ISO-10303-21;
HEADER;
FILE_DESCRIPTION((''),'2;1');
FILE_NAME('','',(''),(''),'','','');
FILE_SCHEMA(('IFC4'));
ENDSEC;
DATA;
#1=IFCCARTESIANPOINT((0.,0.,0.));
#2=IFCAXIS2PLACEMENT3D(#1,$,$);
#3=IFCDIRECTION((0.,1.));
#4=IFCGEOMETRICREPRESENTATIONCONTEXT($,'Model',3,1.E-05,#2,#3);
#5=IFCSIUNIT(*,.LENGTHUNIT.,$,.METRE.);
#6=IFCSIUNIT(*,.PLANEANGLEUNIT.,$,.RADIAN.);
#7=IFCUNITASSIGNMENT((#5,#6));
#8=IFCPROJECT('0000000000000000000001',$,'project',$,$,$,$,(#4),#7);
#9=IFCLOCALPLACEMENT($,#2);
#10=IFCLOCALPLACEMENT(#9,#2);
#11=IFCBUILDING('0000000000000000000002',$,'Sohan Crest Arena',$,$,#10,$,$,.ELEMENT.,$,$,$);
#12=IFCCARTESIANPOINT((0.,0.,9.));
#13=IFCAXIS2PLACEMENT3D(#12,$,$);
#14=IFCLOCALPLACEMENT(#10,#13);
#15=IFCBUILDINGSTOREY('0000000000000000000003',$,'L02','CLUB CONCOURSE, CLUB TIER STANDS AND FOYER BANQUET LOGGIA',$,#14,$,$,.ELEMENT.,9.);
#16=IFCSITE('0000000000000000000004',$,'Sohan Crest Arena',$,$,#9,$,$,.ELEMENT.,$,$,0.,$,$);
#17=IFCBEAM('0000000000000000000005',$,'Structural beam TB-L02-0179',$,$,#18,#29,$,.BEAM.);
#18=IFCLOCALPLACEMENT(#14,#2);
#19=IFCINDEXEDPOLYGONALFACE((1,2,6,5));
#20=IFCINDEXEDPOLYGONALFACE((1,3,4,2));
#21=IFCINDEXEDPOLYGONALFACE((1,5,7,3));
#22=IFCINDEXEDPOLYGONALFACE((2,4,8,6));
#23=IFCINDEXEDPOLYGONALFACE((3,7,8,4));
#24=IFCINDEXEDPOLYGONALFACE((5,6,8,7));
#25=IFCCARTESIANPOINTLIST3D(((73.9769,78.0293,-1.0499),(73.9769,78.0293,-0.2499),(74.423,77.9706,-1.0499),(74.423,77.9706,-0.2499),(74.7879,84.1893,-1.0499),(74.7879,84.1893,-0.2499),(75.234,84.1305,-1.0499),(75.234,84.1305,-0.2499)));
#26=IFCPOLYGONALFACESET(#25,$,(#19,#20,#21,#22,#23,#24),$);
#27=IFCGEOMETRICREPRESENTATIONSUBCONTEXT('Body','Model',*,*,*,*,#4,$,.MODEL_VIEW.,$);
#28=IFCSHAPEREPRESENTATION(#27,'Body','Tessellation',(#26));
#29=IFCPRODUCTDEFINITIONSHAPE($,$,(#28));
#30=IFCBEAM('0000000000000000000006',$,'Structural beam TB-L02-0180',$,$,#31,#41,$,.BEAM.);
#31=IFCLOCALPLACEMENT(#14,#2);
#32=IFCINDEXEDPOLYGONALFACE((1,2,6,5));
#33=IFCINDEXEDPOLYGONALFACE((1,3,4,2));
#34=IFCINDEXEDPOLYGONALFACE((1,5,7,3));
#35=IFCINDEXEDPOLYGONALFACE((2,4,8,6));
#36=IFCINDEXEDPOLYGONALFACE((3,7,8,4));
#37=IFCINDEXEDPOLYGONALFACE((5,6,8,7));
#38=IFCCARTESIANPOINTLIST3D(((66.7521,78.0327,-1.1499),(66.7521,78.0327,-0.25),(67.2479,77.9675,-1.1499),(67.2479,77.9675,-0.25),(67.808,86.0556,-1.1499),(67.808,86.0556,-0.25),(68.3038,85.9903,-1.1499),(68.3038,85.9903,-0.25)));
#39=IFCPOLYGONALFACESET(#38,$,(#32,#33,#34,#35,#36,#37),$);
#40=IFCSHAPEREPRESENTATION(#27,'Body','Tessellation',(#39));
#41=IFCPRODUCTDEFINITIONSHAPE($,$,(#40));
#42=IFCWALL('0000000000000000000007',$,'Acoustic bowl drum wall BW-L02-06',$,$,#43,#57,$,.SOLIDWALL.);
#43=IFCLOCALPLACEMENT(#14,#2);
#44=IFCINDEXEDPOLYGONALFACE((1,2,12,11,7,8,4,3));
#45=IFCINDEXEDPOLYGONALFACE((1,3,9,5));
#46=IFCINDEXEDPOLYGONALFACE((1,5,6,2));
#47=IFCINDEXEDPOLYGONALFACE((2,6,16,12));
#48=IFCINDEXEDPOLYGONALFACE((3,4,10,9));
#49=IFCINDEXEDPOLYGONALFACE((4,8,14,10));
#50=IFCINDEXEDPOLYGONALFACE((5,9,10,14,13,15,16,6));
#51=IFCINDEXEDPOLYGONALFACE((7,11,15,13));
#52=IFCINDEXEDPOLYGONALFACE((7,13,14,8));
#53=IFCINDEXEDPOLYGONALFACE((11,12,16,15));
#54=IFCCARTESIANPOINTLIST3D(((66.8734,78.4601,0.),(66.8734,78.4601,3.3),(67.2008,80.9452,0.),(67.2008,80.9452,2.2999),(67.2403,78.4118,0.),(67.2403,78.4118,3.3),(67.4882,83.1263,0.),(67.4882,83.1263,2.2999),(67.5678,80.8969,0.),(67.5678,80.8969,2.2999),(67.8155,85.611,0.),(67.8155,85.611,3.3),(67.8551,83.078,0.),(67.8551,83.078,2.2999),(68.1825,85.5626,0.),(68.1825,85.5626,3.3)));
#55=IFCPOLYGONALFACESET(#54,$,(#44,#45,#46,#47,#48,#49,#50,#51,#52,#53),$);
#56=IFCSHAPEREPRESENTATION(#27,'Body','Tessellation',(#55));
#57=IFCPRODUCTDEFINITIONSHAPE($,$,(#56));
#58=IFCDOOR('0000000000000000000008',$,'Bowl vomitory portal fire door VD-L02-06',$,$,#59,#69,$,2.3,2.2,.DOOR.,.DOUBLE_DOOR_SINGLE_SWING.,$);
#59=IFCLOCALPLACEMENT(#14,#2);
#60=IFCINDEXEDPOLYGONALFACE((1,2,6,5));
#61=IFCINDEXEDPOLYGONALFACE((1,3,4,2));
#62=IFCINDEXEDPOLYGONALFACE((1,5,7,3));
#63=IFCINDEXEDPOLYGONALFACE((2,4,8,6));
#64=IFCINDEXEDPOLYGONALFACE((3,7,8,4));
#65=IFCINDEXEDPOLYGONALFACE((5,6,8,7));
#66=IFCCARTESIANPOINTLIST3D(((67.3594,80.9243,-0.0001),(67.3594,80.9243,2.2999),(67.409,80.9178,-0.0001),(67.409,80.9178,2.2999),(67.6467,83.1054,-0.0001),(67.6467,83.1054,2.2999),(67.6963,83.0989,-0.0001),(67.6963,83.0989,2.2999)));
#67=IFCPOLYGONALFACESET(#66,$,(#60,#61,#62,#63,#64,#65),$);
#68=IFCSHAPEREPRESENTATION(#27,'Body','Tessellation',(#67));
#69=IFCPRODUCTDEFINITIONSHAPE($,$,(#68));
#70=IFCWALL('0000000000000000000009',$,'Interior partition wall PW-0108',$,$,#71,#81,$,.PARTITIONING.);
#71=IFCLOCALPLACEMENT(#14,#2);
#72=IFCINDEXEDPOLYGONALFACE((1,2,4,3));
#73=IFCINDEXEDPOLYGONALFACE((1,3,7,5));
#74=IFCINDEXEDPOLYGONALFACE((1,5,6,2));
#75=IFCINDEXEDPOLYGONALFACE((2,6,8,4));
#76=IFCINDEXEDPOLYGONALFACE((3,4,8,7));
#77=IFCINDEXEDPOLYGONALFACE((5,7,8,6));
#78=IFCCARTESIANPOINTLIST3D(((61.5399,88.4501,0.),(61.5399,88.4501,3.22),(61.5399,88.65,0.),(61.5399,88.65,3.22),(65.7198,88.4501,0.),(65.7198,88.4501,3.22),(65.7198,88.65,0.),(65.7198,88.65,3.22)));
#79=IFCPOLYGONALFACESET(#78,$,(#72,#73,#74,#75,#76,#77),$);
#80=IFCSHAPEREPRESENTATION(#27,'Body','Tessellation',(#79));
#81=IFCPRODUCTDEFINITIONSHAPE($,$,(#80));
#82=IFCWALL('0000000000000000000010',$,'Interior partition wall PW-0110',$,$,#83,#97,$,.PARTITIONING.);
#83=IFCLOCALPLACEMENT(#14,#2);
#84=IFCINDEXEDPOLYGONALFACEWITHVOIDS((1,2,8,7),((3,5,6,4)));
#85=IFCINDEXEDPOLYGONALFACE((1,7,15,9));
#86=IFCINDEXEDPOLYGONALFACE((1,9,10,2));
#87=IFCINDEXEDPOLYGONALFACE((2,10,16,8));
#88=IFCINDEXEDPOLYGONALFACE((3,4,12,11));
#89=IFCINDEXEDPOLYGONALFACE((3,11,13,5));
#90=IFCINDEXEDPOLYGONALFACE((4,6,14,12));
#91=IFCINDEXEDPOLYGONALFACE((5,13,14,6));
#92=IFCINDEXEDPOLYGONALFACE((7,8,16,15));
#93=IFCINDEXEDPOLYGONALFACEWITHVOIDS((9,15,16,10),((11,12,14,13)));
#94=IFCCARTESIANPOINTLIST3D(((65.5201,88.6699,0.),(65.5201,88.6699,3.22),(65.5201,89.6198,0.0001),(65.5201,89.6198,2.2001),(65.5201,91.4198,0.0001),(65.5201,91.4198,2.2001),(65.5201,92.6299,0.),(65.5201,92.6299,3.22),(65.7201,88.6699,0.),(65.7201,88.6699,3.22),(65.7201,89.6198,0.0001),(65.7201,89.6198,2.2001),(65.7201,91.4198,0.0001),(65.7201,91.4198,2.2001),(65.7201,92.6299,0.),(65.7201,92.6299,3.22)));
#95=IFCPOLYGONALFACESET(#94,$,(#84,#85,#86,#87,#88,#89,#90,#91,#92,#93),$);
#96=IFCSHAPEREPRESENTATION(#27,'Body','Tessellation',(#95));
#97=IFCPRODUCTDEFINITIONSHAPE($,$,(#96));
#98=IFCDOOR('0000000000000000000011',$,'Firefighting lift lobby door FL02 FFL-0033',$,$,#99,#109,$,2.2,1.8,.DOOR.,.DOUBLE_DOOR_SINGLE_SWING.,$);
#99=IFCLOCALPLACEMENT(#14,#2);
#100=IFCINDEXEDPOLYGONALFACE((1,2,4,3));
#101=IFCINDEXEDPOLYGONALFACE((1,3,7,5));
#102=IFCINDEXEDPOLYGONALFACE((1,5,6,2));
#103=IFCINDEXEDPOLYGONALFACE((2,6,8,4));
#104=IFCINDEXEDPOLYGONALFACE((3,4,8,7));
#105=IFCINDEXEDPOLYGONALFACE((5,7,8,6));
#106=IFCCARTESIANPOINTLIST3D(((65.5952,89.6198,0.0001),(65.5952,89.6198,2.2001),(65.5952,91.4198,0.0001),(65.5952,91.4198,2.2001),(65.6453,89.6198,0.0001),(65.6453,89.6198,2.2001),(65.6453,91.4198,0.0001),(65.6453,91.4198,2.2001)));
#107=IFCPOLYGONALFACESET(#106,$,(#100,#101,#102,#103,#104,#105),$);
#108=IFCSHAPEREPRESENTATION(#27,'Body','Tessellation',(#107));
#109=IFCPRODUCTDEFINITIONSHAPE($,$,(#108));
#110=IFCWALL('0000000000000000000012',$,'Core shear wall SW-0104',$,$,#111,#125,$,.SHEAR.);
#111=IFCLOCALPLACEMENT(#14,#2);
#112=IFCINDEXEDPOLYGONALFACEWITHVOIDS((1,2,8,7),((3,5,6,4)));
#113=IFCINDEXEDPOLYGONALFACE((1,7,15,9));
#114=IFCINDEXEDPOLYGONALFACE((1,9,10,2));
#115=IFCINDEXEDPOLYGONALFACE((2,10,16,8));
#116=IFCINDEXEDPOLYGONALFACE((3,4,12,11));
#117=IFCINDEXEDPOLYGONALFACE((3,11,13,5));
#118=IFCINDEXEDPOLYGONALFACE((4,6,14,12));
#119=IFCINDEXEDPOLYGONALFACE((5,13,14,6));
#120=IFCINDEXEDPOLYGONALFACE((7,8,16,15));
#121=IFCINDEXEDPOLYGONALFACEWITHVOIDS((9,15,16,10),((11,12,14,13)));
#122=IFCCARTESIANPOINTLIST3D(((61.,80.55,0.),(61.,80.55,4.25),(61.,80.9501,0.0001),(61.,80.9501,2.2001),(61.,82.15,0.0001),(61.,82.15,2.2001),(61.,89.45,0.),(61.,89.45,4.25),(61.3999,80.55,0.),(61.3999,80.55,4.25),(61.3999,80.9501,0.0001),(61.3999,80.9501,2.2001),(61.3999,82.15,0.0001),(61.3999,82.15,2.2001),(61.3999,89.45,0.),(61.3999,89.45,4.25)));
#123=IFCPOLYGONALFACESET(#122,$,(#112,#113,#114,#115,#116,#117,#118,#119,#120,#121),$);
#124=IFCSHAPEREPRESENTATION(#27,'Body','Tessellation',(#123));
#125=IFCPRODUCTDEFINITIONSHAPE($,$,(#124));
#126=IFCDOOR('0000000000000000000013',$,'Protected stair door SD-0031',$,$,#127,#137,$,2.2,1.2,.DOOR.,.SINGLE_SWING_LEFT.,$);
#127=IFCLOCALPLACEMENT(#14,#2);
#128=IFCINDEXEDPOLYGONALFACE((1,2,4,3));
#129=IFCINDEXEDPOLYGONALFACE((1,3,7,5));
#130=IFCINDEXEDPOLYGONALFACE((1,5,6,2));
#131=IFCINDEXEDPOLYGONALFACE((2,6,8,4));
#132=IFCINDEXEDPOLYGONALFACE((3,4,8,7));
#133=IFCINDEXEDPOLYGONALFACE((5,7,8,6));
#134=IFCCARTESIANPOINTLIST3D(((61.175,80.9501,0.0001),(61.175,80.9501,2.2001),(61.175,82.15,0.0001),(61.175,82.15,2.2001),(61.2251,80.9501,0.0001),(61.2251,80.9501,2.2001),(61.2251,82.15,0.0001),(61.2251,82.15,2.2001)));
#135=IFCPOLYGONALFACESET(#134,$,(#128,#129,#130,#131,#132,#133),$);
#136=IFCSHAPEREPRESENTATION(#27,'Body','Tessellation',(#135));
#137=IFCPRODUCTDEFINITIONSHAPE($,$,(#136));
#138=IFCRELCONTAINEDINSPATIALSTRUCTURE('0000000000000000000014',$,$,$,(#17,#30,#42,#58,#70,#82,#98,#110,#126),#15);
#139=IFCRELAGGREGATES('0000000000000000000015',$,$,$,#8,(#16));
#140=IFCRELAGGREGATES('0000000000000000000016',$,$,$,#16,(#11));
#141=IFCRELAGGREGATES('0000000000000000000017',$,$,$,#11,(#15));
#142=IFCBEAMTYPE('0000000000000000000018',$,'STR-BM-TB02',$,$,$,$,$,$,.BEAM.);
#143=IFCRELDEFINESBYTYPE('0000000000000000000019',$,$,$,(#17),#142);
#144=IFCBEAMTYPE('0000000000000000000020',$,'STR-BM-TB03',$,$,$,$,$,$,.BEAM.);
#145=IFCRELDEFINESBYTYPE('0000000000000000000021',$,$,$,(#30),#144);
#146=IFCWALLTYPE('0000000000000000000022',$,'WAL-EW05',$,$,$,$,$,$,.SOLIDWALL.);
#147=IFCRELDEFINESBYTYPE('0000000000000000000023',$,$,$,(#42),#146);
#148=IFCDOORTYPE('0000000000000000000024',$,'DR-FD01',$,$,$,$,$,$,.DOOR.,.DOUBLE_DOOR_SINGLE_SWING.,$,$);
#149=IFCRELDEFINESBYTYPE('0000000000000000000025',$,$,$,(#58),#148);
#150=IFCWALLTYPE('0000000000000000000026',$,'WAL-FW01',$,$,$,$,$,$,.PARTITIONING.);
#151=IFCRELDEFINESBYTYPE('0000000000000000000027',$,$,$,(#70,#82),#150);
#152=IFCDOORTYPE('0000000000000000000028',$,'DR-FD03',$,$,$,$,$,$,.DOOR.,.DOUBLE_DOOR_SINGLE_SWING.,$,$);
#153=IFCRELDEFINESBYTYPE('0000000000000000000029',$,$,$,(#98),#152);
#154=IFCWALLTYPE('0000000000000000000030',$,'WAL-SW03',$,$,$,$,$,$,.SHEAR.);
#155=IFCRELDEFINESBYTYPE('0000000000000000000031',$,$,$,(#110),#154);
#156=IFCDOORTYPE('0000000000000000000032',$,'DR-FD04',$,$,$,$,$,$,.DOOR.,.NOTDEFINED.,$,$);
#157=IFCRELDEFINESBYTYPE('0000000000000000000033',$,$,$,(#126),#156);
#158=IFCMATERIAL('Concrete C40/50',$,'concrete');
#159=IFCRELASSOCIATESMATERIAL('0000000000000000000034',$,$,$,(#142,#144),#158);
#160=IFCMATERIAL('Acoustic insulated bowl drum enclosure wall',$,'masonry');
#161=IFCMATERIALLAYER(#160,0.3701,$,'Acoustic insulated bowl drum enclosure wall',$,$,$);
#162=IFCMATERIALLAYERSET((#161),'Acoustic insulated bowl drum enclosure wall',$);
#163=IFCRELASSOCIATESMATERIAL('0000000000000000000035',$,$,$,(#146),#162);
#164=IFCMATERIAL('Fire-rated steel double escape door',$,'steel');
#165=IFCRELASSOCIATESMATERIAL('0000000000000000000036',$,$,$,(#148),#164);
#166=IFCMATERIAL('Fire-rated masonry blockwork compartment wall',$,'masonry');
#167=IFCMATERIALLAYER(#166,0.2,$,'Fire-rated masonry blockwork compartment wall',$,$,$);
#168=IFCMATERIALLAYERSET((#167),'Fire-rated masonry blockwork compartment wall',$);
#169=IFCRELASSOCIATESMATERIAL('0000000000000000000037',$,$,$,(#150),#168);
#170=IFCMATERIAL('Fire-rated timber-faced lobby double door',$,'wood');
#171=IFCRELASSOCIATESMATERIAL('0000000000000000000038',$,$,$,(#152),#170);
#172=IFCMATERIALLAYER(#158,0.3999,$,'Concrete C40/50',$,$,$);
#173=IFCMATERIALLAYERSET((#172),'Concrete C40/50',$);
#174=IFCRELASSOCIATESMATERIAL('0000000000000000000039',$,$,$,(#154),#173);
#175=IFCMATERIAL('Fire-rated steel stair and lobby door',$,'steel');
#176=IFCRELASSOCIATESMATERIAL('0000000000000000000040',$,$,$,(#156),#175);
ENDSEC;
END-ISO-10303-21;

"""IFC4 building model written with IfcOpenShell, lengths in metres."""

from ifc_helpers import new_model, si_unit, direction, frame, frame_2d, origin, origin_2d, place, context, subcontext, project, spatial, rectangle, extrude, material, layer, layer_set, material_profile, profile_set, type_object, element, fill, save


model = new_model("IFC4")

# Units and contexts
model_context = context("Model", 3, precision=1e-05, world=origin(), true_north=direction((0.0, 1.0)))
body_context = subcontext(model_context, "Body", "Model", "MODEL_VIEW")
ifc_project = project(units=[si_unit("LENGTHUNIT", "METRE"), si_unit("PLANEANGLEUNIT", "RADIAN")], contexts=[model_context])

# Site, building, storey
site_placement = place(None, origin())
site = spatial("IfcSite", under=ifc_project, at=site_placement, Name="Sohan Crest Arena", CompositionType="ELEMENT", RefElevation=0.0)
building_placement = place(site_placement, origin())
building = spatial("IfcBuilding", under=site, at=building_placement, Name="Sohan Crest Arena", CompositionType="ELEMENT")
storey_placement = place(building_placement, frame((0.0, 0.0, 9.0)))
storey = spatial("IfcBuildingStorey", under=building, at=storey_placement, Name="L02", Description="CLUB CONCOURSE, CLUB TIER STANDS AND FOYER BANQUET LOGGIA", CompositionType="ELEMENT", Elevation=9.0)

# Shared definitions
ifc_material_1 = material(Name="Concrete C40/50", Category="concrete")

# Beams
ifc_material_profile_1 = material_profile(ifc_material_1, rectangle(XDim=0.45, YDim=0.8, at=origin_2d()), Name="RC-BM 450x800")
ifc_profile_set_1 = profile_set([ifc_material_profile_1], Name="Concrete C40/50")
beam_type_1 = type_object("IfcBeamType", Name="STR-BM-TB02", PredefinedType="BEAM", material=ifc_profile_set_1)
beam_1_placement = place(storey_placement, frame((75.011, 84.1599, -0.6499), z_axis=(-0.130537, -0.991443, 0.0), x_axis=(0.991443, -0.130537, 0.0)))
element("IfcBeam", 1, at=beam_1_placement, inside=storey, type_object=beam_type_1, Name="Structural beam TB-L02-0179", PredefinedType="BEAM", context=body_context, shape_type="SweptSolid", body=[
    extrude(rectangle(XDim=0.45, YDim=0.8, at=origin_2d()), origin(), (0.0, 0.0, 1.0), 6.2131),
])
ifc_material_profile_2 = material_profile(ifc_material_1, rectangle(XDim=0.5, YDim=0.8999, at=origin_2d()), Name="RC-BM 500x900")
ifc_profile_set_2 = profile_set([ifc_material_profile_2], Name="Concrete C40/50")
beam_type_2 = type_object("IfcBeamType", Name="STR-BM-TB03", PredefinedType="BEAM", material=ifc_profile_set_2)
beam_2_placement = place(storey_placement, frame((68.0559, 86.0229, -0.7), z_axis=(-0.130486, -0.99145, 0.0), x_axis=(0.99145, -0.130486, 0.0)))
element("IfcBeam", 2, at=beam_2_placement, inside=storey, type_object=beam_type_2, Name="Structural beam TB-L02-0180", PredefinedType="BEAM", context=body_context, shape_type="SweptSolid", body=[
    extrude(rectangle(XDim=0.5, YDim=0.8999, at=origin_2d()), origin(), (0.0, 0.0, 1.0), 8.092),
])

# Wall, opening, door
ifc_material_2 = material(Name="Acoustic insulated bowl drum enclosure wall", Category="masonry")
ifc_layer_1 = layer(ifc_material_2, 0.3701, Name="Acoustic insulated bowl drum enclosure wall")
ifc_layer_set_1 = layer_set([ifc_layer_1], Name="Acoustic insulated bowl drum enclosure wall")
wall_type_1 = type_object("IfcWallType", Name="WAL-EW05", PredefinedType="SOLIDWALL", material=ifc_layer_set_1)
wall_1_placement = place(storey_placement, frame((67.999, 85.5869, 0.0), z_axis=(0.0, 0.0, 1.0), x_axis=(-0.130623, -0.991432, 0.0)))
wall_1 = element("IfcWall", 3, at=wall_1_placement, inside=storey, type_object=wall_type_1, Name="Acoustic bowl drum wall BW-L02-06", PredefinedType="SOLIDWALL", context=body_context, shape_type="SweptSolid", body=[
    extrude(rectangle(XDim=7.2126, YDim=0.3701, at=frame_2d((3.6064, 0.0))), origin(), (0.0, 0.0, 1.0), 3.3),
])
opening_1_placement = place(wall_1_placement, frame((2.5061, 0.0, 0.0)))
opening_1 = element("IfcOpeningElement", 4, at=opening_1_placement, cuts=wall_1, PredefinedType="OPENING", context=body_context, shape_type="SweptSolid", body=[
    extrude(rectangle(XDim=2.2, YDim=2.3, at=frame_2d((1.1001, 1.1499))), frame((0.0, 0.1951, 0.0), z_axis=(0.0, -1.0, 0.0), x_axis=(1.0, 0.0, 0.0)), (0.0, 0.0, 1.0), 0.3901),
])
ifc_material_3 = material(Name="Fire-rated steel double escape door", Category="steel")
door_type_1 = type_object("IfcDoorType", Name="DR-FD01", OperationType="DOUBLE_DOOR_SINGLE_SWING", PredefinedType="DOOR", material=ifc_material_3)
door_1_placement = place(opening_1_placement, origin())
door_1 = element("IfcDoor", 5, at=door_1_placement, inside=storey, type_object=door_type_1, Name="Bowl vomitory portal fire door VD-L02-06", OperationType="DOUBLE_DOOR_SINGLE_SWING", OverallHeight=2.3, OverallWidth=2.2, PredefinedType="DOOR", context=body_context, shape_type="SweptSolid", body=[
    extrude(rectangle(XDim=2.2, YDim=2.3, at=frame_2d((1.1001, 1.1499))), frame((0.0, 0.0249, 0.0), z_axis=(0.0, -1.0, 0.0), x_axis=(1.0, 0.0, 0.0)), (0.0, 0.0, 1.0), 0.05),
])
fill(opening_1, door_1)

# Wall
ifc_material_4 = material(Name="Fire-rated masonry blockwork compartment wall", Category="masonry")
ifc_layer_2 = layer(ifc_material_4, 0.2, Name="Fire-rated masonry blockwork compartment wall")
ifc_layer_set_2 = layer_set([ifc_layer_2], Name="Fire-rated masonry blockwork compartment wall")
wall_type_2 = type_object("IfcWallType", Name="WAL-FW01", PredefinedType="PARTITIONING", material=ifc_layer_set_2)
wall_2_placement = place(storey_placement, frame((61.54, 88.55, 0.0), z_axis=(0.0, 0.0, 1.0), x_axis=(1.0, 0.0, 0.0)))
element("IfcWall", 6, at=wall_2_placement, inside=storey, type_object=wall_type_2, Name="Interior partition wall PW-0108", PredefinedType="PARTITIONING", context=body_context, shape_type="SweptSolid", body=[
    extrude(rectangle(XDim=4.1799, YDim=0.2, at=frame_2d((2.0898, 0.0))), origin(), (0.0, 0.0, 1.0), 3.22),
])

# Walls, openings, doors
wall_3_placement = place(storey_placement, frame((65.6201, 88.6699, 0.0), z_axis=(0.0, 0.0, 1.0), x_axis=(0.0, 1.0, 0.0)))
wall_3 = element("IfcWall", 7, at=wall_3_placement, inside=storey, type_object=wall_type_2, Name="Interior partition wall PW-0110", PredefinedType="PARTITIONING", context=body_context, shape_type="SweptSolid", body=[
    extrude(rectangle(XDim=3.96, YDim=0.2, at=frame_2d((1.98, 0.0))), origin(), (0.0, 0.0, 1.0), 3.22),
])
opening_2_placement = place(wall_3_placement, frame((0.95, 0.0, 0.0)))
opening_2 = element("IfcOpeningElement", 8, at=opening_2_placement, cuts=wall_3, PredefinedType="OPENING", context=body_context, shape_type="SweptSolid", body=[
    extrude(rectangle(XDim=1.8, YDim=2.2, at=frame_2d((0.8999, 1.1001))), frame((0.0, 0.1099, 0.0), z_axis=(0.0, -1.0, 0.0), x_axis=(1.0, 0.0, 0.0)), (0.0, 0.0, 1.0), 0.22),
])
ifc_material_5 = material(Name="Fire-rated timber-faced lobby double door", Category="wood")
door_type_2 = type_object("IfcDoorType", Name="DR-FD03", OperationType="DOUBLE_DOOR_SINGLE_SWING", PredefinedType="DOOR", material=ifc_material_5)
door_2_placement = place(opening_2_placement, origin())
door_2 = element("IfcDoor", 9, at=door_2_placement, inside=storey, type_object=door_type_2, Name="Firefighting lift lobby door FL02 FFL-0033", OperationType="DOUBLE_DOOR_SINGLE_SWING", OverallHeight=2.2, OverallWidth=1.8, PredefinedType="DOOR", context=body_context, shape_type="SweptSolid", body=[
    extrude(rectangle(XDim=1.8, YDim=2.2, at=frame_2d((0.8999, 1.1001))), frame((0.0, 0.0249, 0.0), z_axis=(0.0, -1.0, 0.0), x_axis=(1.0, 0.0, 0.0)), (0.0, 0.0, 1.0), 0.05),
])
fill(opening_2, door_2)
ifc_layer_3 = layer(ifc_material_1, 0.3999, Name="Concrete C40/50")
ifc_layer_set_3 = layer_set([ifc_layer_3], Name="Concrete C40/50")
wall_type_3 = type_object("IfcWallType", Name="WAL-SW03", PredefinedType="SHEAR", material=ifc_layer_set_3)
wall_4_placement = place(storey_placement, frame((61.2, 80.55, 0.0), z_axis=(0.0, 0.0, 1.0), x_axis=(0.0, 1.0, 0.0)))
wall_4 = element("IfcWall", 10, at=wall_4_placement, inside=storey, type_object=wall_type_3, Name="Core shear wall SW-0104", PredefinedType="SHEAR", context=body_context, shape_type="SweptSolid", body=[
    extrude(rectangle(XDim=8.8999, YDim=0.3999, at=frame_2d((4.45, 0.0))), origin(), (0.0, 0.0, 1.0), 4.25),
])
opening_3_placement = place(wall_4_placement, frame((0.3999, 0.0, 0.0)))
opening_3 = element("IfcOpeningElement", 11, at=opening_3_placement, cuts=wall_4, PredefinedType="OPENING", context=body_context, shape_type="SweptSolid", body=[
    extrude(rectangle(XDim=1.2, YDim=2.2, at=frame_2d((0.6001, 1.1001))), frame((0.0, 0.21, 0.0), z_axis=(0.0, -1.0, 0.0), x_axis=(1.0, 0.0, 0.0)), (0.0, 0.0, 1.0), 0.4199),
])
ifc_material_6 = material(Name="Fire-rated steel stair and lobby door", Category="steel")
door_type_3 = type_object("IfcDoorType", Name="DR-FD04", OperationType="NOTDEFINED", PredefinedType="DOOR", material=ifc_material_6)
door_3_placement = place(opening_3_placement, origin())
door_3 = element("IfcDoor", 12, at=door_3_placement, inside=storey, type_object=door_type_3, Name="Protected stair door SD-0031", OperationType="SINGLE_SWING_LEFT", OverallHeight=2.2, OverallWidth=1.2, PredefinedType="DOOR", context=body_context, shape_type="SweptSolid", body=[
    extrude(rectangle(XDim=1.2, YDim=2.2, at=frame_2d((0.6001, 1.1001))), frame((0.0, 0.0249, 0.0), z_axis=(0.0, -1.0, 0.0), x_axis=(1.0, 0.0, 0.0)), (0.0, 0.0, 1.0), 0.05),
])
fill(opening_3, door_3)

save(model, "model.ifc")
